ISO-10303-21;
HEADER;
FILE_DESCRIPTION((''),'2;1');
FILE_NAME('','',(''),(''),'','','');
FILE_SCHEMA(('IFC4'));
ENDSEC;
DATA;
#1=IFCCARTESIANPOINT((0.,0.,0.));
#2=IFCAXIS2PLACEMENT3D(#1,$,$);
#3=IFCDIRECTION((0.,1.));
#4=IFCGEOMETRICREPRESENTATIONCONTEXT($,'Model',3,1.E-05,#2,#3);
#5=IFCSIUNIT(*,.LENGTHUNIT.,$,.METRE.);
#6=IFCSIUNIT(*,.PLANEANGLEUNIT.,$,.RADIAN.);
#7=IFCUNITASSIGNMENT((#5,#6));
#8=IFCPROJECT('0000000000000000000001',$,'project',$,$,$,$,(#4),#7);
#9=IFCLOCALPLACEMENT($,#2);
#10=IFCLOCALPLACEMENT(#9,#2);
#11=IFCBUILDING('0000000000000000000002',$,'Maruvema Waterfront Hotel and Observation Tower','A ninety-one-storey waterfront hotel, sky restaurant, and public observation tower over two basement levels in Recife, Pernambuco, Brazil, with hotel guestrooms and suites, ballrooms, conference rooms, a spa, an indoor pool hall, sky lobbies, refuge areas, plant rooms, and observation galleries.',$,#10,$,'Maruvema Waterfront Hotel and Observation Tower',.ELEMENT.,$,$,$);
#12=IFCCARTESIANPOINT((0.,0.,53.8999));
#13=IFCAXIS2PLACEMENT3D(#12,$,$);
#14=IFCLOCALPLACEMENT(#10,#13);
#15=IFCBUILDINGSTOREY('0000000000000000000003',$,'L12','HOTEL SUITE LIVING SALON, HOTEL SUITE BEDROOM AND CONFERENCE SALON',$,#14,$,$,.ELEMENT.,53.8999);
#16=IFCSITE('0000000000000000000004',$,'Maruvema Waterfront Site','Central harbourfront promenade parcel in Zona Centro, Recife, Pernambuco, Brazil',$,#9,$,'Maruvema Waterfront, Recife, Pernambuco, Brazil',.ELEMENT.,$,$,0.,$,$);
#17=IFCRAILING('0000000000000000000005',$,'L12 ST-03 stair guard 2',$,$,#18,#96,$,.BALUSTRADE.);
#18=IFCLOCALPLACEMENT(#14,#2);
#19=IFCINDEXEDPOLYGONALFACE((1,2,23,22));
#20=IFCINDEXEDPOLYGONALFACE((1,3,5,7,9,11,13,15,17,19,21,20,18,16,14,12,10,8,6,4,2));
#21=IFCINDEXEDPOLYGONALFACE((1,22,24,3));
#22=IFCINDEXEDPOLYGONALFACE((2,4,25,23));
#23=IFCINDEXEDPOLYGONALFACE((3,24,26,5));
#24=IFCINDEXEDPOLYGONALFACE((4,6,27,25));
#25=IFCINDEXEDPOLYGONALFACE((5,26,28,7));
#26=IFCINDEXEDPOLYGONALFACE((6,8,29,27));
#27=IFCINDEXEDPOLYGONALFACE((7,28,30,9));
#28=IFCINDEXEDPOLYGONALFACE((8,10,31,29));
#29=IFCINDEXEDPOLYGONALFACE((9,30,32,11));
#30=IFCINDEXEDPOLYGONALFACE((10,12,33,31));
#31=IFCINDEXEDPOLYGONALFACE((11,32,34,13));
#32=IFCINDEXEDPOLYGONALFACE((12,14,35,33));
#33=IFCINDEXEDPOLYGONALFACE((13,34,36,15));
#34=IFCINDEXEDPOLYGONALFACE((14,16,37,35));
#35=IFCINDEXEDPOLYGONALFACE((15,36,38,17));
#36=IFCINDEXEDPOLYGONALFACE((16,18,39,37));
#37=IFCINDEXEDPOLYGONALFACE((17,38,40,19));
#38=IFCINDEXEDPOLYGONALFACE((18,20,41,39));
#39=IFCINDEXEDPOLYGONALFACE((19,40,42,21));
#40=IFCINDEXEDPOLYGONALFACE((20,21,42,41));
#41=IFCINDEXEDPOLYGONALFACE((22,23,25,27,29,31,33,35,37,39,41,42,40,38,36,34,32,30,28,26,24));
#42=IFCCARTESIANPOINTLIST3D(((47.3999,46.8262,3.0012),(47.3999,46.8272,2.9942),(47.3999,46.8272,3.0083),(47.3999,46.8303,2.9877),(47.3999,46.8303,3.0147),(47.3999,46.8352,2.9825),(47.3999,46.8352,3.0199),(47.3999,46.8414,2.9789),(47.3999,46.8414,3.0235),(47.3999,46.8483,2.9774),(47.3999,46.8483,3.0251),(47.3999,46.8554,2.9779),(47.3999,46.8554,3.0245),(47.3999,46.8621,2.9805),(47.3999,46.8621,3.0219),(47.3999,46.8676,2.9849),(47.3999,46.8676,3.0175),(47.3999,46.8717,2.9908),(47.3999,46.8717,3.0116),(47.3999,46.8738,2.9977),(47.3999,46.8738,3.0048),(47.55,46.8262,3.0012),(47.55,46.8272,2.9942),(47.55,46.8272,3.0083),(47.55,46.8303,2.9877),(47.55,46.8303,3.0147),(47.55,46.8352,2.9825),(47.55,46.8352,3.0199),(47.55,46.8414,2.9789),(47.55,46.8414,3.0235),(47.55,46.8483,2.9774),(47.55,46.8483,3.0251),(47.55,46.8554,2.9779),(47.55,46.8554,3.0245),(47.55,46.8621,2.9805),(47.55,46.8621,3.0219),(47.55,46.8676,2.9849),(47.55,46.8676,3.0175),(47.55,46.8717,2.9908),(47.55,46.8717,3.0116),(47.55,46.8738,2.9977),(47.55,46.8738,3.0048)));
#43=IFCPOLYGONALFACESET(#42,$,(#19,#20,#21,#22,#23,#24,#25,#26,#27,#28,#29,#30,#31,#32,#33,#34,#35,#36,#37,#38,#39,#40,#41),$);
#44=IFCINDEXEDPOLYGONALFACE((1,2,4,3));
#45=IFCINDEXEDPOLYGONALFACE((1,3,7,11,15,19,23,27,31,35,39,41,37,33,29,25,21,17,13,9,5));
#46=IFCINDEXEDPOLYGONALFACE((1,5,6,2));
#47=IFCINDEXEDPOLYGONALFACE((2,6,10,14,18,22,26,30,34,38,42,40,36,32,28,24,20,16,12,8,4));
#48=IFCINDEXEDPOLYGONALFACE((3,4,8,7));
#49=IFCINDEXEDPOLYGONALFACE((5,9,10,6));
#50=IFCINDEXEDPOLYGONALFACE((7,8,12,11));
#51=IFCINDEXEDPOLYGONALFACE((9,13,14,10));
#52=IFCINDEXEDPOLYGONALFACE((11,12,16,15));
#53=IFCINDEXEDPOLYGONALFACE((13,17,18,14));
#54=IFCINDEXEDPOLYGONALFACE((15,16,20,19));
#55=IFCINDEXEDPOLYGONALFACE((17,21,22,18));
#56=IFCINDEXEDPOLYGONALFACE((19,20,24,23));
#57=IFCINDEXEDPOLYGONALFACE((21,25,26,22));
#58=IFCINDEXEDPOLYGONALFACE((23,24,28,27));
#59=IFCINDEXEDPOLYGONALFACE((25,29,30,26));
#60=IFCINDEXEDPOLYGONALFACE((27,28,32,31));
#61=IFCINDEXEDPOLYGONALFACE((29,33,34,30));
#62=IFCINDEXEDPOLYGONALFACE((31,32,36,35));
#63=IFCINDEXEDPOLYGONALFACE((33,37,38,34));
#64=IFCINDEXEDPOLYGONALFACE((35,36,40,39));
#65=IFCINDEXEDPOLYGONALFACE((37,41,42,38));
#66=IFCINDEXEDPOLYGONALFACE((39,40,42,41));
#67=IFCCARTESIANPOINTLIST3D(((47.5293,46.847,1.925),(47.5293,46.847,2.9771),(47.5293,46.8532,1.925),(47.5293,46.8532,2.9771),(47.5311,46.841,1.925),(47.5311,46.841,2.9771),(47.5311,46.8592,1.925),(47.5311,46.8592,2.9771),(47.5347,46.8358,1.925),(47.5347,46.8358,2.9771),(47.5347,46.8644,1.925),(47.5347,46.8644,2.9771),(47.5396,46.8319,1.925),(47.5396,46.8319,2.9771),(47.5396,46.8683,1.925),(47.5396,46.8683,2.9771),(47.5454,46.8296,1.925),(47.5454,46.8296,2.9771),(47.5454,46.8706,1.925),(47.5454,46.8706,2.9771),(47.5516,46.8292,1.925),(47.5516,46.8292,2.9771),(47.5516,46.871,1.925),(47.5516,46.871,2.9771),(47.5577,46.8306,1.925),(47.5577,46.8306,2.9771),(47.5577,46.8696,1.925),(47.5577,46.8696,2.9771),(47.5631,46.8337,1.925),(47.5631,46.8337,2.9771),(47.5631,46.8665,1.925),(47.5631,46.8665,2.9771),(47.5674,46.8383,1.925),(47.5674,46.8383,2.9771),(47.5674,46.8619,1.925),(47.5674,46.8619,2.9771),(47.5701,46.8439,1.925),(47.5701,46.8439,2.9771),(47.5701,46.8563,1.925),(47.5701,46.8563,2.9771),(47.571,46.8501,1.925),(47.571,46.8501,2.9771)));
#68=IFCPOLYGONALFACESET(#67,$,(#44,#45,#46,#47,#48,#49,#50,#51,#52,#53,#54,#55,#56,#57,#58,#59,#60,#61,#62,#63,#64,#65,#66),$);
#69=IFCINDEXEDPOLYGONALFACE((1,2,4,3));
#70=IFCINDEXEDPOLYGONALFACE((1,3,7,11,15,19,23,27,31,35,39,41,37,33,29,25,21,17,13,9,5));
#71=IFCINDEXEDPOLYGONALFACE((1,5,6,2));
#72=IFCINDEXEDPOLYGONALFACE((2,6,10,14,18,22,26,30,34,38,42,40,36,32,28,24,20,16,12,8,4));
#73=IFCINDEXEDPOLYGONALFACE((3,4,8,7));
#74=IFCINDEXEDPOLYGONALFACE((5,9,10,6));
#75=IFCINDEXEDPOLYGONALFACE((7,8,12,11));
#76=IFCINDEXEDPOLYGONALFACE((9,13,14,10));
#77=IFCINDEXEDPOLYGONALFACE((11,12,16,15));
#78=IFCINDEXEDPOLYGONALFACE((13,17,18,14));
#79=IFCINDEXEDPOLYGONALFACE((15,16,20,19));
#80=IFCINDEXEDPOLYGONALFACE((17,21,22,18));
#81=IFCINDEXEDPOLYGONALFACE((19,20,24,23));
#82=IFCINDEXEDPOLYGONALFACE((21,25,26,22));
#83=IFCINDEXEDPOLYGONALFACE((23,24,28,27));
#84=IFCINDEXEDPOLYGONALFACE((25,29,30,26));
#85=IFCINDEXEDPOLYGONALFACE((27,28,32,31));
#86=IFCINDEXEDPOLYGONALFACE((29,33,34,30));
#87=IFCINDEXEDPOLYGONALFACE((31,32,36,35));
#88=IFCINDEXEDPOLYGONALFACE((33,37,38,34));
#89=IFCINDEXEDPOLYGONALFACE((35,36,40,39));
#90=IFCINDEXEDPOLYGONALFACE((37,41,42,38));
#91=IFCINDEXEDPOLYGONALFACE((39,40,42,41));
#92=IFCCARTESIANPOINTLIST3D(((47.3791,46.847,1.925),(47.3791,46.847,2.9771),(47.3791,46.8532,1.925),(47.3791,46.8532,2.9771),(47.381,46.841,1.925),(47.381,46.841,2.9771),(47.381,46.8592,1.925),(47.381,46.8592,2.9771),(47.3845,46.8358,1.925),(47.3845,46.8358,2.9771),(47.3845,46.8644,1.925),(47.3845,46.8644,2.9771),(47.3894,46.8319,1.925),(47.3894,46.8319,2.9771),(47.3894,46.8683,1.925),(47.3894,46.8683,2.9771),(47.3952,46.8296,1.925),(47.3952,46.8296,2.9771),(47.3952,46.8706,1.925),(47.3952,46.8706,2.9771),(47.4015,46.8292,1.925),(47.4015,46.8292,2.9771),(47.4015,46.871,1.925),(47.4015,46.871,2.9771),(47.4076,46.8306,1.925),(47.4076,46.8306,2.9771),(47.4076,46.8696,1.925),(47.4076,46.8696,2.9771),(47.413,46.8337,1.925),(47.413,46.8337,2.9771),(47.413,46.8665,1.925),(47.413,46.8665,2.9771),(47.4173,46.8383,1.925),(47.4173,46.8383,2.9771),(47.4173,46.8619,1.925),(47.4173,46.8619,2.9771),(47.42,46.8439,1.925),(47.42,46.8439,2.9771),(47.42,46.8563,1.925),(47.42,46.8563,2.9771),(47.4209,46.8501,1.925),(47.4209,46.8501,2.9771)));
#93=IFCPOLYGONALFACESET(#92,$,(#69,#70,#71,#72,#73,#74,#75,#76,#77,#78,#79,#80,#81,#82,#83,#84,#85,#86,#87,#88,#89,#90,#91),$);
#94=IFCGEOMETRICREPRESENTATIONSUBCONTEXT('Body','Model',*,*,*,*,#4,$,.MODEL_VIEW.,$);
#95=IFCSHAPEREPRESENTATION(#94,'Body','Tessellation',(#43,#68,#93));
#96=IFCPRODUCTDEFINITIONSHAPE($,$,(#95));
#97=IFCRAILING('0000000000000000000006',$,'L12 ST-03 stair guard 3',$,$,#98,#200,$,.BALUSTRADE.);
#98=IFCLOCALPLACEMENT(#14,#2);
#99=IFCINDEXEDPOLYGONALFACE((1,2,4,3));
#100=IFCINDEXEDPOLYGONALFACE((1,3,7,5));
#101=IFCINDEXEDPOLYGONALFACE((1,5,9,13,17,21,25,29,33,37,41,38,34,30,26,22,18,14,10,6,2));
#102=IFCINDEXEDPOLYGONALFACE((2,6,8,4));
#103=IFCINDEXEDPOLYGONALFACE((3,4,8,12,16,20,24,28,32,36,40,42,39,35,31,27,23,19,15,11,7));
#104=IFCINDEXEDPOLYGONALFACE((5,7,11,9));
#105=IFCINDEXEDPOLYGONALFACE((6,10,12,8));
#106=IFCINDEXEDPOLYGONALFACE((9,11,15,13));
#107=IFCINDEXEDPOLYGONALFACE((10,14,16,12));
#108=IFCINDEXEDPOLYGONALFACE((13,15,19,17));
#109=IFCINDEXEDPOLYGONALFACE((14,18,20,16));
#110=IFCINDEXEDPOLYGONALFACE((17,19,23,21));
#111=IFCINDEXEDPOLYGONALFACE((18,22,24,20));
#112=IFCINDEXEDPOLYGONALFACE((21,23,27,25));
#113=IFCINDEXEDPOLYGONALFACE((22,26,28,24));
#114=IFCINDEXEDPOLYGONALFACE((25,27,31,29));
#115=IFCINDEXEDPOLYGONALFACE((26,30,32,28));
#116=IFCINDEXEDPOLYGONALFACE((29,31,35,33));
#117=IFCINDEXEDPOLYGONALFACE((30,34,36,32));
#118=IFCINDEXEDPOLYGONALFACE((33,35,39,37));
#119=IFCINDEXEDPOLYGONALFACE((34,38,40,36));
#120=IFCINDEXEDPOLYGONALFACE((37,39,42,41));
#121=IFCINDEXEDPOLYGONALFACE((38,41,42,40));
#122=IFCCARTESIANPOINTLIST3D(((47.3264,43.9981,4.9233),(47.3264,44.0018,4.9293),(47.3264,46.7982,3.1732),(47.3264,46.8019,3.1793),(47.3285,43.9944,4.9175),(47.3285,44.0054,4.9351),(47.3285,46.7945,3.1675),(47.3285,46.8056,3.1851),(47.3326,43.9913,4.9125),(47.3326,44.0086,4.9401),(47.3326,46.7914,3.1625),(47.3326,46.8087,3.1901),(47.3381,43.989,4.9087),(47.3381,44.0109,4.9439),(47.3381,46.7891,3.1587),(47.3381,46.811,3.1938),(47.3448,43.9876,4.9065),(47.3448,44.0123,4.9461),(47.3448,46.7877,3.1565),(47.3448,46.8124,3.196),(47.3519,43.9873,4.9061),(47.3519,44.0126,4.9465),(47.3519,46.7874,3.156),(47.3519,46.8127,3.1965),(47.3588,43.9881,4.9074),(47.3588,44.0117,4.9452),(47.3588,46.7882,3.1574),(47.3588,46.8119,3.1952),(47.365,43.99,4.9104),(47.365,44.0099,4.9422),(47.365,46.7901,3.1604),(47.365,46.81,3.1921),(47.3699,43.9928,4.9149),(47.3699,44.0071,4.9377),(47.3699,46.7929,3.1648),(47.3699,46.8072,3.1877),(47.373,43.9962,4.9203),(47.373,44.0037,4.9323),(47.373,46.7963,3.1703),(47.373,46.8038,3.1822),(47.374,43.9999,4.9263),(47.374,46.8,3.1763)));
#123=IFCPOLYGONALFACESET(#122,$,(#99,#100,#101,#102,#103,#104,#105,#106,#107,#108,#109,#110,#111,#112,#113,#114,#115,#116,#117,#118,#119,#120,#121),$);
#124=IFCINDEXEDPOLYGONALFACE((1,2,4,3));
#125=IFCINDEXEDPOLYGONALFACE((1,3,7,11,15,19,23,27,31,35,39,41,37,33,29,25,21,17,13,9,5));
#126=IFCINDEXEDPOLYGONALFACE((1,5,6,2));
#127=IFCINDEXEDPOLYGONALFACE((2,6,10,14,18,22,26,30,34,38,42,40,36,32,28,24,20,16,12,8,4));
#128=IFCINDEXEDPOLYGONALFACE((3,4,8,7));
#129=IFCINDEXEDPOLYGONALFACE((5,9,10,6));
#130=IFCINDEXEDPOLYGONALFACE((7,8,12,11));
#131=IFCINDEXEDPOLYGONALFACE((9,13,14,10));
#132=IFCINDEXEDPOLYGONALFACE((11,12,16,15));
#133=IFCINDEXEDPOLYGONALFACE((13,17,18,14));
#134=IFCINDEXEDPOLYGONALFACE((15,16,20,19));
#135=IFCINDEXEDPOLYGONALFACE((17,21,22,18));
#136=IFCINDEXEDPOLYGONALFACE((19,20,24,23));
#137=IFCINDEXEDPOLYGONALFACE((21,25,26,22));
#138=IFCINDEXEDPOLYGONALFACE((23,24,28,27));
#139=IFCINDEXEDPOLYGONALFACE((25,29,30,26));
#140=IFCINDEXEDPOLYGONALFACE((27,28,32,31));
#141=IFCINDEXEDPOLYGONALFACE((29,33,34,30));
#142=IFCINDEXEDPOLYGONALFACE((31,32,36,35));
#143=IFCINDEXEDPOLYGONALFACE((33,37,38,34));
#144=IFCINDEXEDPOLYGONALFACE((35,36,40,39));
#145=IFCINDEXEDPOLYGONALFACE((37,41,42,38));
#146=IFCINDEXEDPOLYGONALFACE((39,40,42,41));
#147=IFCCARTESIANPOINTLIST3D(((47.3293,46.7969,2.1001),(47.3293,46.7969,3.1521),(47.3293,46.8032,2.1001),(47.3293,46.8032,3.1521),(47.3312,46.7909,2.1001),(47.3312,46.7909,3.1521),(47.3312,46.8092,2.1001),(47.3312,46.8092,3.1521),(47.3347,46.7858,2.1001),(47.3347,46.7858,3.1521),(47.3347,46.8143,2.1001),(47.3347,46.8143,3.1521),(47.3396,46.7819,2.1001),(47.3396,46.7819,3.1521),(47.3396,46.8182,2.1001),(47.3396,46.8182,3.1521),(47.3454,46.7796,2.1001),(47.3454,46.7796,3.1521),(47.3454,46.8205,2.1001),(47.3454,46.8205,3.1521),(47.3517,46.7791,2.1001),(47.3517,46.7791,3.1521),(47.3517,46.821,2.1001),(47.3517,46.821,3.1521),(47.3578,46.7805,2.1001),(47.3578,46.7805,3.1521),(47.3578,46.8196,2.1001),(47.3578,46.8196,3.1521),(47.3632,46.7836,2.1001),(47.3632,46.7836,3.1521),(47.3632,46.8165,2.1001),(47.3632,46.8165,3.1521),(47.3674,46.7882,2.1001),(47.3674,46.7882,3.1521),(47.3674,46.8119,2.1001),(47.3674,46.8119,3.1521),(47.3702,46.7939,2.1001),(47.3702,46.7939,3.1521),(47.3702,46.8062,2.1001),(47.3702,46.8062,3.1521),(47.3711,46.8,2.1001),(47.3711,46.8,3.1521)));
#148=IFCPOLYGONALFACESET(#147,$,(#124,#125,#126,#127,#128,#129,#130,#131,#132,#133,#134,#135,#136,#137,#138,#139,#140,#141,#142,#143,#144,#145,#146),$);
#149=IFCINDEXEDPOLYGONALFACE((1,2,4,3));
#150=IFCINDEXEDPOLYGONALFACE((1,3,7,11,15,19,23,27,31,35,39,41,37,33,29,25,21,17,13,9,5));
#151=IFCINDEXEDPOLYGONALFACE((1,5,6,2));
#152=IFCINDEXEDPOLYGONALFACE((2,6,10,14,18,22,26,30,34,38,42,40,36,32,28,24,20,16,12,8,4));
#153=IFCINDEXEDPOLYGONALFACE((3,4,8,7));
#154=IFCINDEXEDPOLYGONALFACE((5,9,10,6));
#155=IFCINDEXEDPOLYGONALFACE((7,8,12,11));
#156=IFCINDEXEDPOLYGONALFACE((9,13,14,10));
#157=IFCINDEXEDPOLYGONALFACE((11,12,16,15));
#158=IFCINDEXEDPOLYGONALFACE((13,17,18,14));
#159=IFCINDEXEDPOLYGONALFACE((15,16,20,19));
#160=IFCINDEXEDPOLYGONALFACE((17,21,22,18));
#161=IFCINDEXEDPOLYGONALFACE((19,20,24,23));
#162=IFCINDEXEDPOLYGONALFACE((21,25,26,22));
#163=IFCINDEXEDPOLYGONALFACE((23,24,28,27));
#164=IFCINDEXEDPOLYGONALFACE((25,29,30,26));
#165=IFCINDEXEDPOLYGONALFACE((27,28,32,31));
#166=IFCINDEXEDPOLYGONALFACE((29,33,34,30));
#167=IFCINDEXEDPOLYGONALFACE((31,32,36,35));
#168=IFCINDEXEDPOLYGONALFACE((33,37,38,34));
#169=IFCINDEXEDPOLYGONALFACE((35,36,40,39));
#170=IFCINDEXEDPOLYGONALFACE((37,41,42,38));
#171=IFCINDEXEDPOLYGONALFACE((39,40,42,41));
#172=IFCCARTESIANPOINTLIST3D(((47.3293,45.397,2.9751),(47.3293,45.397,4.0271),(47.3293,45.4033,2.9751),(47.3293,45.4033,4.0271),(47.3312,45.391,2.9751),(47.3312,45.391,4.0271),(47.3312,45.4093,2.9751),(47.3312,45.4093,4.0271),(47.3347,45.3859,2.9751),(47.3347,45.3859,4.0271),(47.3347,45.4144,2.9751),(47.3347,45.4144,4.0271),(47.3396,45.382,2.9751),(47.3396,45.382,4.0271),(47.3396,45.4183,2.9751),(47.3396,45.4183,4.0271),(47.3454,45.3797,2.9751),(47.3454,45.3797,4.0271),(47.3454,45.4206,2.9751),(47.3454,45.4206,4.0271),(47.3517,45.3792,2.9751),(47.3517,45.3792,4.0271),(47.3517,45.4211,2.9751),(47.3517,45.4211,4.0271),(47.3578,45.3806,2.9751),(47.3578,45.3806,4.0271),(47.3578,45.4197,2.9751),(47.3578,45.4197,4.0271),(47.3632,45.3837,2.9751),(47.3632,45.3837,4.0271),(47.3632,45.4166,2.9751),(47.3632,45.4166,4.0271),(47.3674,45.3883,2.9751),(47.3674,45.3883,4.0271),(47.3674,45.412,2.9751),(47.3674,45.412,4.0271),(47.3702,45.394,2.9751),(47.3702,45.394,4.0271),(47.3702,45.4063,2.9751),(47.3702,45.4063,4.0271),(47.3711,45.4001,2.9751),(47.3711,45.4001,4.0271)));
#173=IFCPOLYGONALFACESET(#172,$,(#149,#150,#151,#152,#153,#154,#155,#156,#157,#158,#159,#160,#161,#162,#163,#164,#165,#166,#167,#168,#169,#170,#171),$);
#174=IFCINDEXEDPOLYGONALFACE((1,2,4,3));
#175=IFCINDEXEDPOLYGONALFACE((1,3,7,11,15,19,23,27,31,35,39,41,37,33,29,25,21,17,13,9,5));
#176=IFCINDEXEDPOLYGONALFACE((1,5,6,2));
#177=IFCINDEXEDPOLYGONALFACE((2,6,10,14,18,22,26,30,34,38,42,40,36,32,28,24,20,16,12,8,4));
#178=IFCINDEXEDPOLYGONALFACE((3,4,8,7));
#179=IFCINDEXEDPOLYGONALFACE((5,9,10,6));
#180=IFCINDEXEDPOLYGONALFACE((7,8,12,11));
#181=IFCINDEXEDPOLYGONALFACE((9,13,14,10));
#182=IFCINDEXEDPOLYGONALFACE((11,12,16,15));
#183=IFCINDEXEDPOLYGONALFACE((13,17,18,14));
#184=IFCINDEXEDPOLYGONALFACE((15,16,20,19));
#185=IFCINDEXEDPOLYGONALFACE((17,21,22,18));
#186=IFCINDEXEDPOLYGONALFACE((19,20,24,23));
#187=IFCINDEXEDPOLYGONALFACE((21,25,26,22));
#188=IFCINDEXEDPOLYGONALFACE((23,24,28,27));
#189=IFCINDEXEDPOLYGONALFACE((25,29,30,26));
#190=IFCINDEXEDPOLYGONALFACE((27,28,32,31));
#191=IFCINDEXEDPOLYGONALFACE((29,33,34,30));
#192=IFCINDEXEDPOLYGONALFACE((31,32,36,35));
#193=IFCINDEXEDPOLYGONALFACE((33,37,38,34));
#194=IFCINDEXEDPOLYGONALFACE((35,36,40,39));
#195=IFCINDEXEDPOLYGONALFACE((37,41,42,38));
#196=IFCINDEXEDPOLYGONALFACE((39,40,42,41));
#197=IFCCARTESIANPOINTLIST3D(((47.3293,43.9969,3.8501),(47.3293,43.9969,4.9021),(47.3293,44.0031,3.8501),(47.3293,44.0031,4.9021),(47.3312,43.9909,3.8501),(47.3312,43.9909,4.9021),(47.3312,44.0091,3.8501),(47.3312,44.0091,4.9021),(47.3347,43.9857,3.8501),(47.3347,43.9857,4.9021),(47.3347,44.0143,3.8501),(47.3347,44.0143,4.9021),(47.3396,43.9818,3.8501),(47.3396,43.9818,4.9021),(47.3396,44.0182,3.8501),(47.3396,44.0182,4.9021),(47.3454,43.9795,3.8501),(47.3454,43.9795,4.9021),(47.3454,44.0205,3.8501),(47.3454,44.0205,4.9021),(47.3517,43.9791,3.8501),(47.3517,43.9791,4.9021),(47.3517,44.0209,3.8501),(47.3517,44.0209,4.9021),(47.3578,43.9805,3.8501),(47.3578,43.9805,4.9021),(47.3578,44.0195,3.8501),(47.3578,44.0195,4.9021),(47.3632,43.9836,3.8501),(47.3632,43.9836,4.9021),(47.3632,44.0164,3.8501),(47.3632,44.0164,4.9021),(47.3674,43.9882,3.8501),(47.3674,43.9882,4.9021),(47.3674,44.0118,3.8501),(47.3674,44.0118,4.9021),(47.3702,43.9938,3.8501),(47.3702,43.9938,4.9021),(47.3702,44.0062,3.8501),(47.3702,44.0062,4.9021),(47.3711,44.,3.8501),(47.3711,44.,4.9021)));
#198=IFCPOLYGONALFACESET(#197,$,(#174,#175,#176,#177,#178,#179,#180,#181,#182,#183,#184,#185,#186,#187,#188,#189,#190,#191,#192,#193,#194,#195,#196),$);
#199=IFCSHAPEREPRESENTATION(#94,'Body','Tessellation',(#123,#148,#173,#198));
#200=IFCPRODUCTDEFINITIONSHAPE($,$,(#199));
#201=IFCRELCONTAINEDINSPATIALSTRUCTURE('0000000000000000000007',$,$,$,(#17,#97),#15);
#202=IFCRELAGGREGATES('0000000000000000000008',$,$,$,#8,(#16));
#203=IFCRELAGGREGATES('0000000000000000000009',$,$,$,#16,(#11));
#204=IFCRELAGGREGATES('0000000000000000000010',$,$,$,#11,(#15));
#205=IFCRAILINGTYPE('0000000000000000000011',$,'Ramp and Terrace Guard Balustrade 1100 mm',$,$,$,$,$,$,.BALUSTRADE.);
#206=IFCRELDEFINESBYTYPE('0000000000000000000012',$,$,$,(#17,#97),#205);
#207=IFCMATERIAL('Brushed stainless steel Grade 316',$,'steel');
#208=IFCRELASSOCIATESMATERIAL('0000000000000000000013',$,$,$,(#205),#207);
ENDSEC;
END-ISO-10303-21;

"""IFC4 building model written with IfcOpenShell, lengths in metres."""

from ifc_helpers import new_model, si_unit, direction, frame, origin, origin_2d, place, context, subcontext, project, spatial, circle, extrude, material, type_object, element, save


model = new_model("IFC4")

# Units and contexts
model_context = context("Model", 3, precision=1e-05, world=origin(), true_north=direction((0.0, 1.0)))
body_context = subcontext(model_context, "Body", "Model", "MODEL_VIEW")
ifc_project = project(units=[si_unit("LENGTHUNIT", "METRE"), si_unit("PLANEANGLEUNIT", "RADIAN")], contexts=[model_context])

# Site, building, storey
site_placement = place(None, origin())
site = spatial("IfcSite", under=ifc_project, at=site_placement, Name="Maruvema Waterfront Site", Description="Central harbourfront promenade parcel in Zona Centro, Recife, Pernambuco, Brazil", LongName="Maruvema Waterfront, Recife, Pernambuco, Brazil", CompositionType="ELEMENT", RefElevation=0.0)
building_placement = place(site_placement, origin())
building = spatial("IfcBuilding", under=site, at=building_placement, Name="Maruvema Waterfront Hotel and Observation Tower", Description="A ninety-one-storey waterfront hotel, sky restaurant, and public observation tower over two basement levels in Recife, Pernambuco, Brazil, with hotel guestrooms and suites, ballrooms, conference rooms, a spa, an indoor pool hall, sky lobbies, refuge areas, plant rooms, and observation galleries.", LongName="Maruvema Waterfront Hotel and Observation Tower", CompositionType="ELEMENT")
storey_placement = place(building_placement, frame((0.0, 0.0, 53.8999)))
storey = spatial("IfcBuildingStorey", under=building, at=storey_placement, Name="L12", Description="HOTEL SUITE LIVING SALON, HOTEL SUITE BEDROOM AND CONFERENCE SALON", CompositionType="ELEMENT", Elevation=53.8999)

# Railings
ifc_material_1 = material(Name="Brushed stainless steel Grade 316", Category="steel")
railing_type_1 = type_object("IfcRailingType", Name="Ramp and Terrace Guard Balustrade 1100 mm", PredefinedType="BALUSTRADE", material=ifc_material_1)
railing_1_placement = place(storey_placement, frame((47.55, 46.8501, 1.925)))
element("IfcRailing", 1, at=railing_1_placement, inside=storey, type_object=railing_type_1, Name="L12 ST-03 stair guard 2", PredefinedType="BALUSTRADE", context=body_context, shape_type="SweptSolid", body=[
    extrude(circle(Radius=0.0239, at=origin_2d()), frame((0.0, 0.0, 1.0762), z_axis=(-1.0, 0.0, 0.0), x_axis=(0.0, -1.0, 0.0)), (0.0, 0.0, 1.0), 0.1501),
    extrude(circle(Radius=0.021, at=origin_2d()), origin(), (0.0, 0.0, 1.0), 1.052),
    extrude(circle(Radius=0.021, at=origin_2d()), frame((-0.1501, 0.0, 0.0)), (0.0, 0.0, 1.0), 1.052),
])
railing_2_placement = place(storey_placement, frame((47.3501, 46.8, 2.1001)))
element("IfcRailing", 2, at=railing_2_placement, inside=storey, type_object=railing_type_1, Name="L12 ST-03 stair guard 3", PredefinedType="BALUSTRADE", context=body_context, shape_type="SweptSolid", body=[
    extrude(circle(Radius=0.0239, at=origin_2d()), frame((0.0, 0.0, 1.0762), z_axis=(0.0, -0.848002, 0.529992), x_axis=(1.0, 0.0, 0.0)), (0.0, 0.0, 1.0), 3.302),
    extrude(circle(Radius=0.021, at=origin_2d()), origin(), (0.0, 0.0, 1.0), 1.052),
    extrude(circle(Radius=0.021, at=origin_2d()), frame((0.0, -1.3999, 0.875)), (0.0, 0.0, 1.0), 1.052),
    extrude(circle(Radius=0.021, at=origin_2d()), frame((0.0, -2.8, 1.75)), (0.0, 0.0, 1.0), 1.052),
])

save(model, "model.ifc")
